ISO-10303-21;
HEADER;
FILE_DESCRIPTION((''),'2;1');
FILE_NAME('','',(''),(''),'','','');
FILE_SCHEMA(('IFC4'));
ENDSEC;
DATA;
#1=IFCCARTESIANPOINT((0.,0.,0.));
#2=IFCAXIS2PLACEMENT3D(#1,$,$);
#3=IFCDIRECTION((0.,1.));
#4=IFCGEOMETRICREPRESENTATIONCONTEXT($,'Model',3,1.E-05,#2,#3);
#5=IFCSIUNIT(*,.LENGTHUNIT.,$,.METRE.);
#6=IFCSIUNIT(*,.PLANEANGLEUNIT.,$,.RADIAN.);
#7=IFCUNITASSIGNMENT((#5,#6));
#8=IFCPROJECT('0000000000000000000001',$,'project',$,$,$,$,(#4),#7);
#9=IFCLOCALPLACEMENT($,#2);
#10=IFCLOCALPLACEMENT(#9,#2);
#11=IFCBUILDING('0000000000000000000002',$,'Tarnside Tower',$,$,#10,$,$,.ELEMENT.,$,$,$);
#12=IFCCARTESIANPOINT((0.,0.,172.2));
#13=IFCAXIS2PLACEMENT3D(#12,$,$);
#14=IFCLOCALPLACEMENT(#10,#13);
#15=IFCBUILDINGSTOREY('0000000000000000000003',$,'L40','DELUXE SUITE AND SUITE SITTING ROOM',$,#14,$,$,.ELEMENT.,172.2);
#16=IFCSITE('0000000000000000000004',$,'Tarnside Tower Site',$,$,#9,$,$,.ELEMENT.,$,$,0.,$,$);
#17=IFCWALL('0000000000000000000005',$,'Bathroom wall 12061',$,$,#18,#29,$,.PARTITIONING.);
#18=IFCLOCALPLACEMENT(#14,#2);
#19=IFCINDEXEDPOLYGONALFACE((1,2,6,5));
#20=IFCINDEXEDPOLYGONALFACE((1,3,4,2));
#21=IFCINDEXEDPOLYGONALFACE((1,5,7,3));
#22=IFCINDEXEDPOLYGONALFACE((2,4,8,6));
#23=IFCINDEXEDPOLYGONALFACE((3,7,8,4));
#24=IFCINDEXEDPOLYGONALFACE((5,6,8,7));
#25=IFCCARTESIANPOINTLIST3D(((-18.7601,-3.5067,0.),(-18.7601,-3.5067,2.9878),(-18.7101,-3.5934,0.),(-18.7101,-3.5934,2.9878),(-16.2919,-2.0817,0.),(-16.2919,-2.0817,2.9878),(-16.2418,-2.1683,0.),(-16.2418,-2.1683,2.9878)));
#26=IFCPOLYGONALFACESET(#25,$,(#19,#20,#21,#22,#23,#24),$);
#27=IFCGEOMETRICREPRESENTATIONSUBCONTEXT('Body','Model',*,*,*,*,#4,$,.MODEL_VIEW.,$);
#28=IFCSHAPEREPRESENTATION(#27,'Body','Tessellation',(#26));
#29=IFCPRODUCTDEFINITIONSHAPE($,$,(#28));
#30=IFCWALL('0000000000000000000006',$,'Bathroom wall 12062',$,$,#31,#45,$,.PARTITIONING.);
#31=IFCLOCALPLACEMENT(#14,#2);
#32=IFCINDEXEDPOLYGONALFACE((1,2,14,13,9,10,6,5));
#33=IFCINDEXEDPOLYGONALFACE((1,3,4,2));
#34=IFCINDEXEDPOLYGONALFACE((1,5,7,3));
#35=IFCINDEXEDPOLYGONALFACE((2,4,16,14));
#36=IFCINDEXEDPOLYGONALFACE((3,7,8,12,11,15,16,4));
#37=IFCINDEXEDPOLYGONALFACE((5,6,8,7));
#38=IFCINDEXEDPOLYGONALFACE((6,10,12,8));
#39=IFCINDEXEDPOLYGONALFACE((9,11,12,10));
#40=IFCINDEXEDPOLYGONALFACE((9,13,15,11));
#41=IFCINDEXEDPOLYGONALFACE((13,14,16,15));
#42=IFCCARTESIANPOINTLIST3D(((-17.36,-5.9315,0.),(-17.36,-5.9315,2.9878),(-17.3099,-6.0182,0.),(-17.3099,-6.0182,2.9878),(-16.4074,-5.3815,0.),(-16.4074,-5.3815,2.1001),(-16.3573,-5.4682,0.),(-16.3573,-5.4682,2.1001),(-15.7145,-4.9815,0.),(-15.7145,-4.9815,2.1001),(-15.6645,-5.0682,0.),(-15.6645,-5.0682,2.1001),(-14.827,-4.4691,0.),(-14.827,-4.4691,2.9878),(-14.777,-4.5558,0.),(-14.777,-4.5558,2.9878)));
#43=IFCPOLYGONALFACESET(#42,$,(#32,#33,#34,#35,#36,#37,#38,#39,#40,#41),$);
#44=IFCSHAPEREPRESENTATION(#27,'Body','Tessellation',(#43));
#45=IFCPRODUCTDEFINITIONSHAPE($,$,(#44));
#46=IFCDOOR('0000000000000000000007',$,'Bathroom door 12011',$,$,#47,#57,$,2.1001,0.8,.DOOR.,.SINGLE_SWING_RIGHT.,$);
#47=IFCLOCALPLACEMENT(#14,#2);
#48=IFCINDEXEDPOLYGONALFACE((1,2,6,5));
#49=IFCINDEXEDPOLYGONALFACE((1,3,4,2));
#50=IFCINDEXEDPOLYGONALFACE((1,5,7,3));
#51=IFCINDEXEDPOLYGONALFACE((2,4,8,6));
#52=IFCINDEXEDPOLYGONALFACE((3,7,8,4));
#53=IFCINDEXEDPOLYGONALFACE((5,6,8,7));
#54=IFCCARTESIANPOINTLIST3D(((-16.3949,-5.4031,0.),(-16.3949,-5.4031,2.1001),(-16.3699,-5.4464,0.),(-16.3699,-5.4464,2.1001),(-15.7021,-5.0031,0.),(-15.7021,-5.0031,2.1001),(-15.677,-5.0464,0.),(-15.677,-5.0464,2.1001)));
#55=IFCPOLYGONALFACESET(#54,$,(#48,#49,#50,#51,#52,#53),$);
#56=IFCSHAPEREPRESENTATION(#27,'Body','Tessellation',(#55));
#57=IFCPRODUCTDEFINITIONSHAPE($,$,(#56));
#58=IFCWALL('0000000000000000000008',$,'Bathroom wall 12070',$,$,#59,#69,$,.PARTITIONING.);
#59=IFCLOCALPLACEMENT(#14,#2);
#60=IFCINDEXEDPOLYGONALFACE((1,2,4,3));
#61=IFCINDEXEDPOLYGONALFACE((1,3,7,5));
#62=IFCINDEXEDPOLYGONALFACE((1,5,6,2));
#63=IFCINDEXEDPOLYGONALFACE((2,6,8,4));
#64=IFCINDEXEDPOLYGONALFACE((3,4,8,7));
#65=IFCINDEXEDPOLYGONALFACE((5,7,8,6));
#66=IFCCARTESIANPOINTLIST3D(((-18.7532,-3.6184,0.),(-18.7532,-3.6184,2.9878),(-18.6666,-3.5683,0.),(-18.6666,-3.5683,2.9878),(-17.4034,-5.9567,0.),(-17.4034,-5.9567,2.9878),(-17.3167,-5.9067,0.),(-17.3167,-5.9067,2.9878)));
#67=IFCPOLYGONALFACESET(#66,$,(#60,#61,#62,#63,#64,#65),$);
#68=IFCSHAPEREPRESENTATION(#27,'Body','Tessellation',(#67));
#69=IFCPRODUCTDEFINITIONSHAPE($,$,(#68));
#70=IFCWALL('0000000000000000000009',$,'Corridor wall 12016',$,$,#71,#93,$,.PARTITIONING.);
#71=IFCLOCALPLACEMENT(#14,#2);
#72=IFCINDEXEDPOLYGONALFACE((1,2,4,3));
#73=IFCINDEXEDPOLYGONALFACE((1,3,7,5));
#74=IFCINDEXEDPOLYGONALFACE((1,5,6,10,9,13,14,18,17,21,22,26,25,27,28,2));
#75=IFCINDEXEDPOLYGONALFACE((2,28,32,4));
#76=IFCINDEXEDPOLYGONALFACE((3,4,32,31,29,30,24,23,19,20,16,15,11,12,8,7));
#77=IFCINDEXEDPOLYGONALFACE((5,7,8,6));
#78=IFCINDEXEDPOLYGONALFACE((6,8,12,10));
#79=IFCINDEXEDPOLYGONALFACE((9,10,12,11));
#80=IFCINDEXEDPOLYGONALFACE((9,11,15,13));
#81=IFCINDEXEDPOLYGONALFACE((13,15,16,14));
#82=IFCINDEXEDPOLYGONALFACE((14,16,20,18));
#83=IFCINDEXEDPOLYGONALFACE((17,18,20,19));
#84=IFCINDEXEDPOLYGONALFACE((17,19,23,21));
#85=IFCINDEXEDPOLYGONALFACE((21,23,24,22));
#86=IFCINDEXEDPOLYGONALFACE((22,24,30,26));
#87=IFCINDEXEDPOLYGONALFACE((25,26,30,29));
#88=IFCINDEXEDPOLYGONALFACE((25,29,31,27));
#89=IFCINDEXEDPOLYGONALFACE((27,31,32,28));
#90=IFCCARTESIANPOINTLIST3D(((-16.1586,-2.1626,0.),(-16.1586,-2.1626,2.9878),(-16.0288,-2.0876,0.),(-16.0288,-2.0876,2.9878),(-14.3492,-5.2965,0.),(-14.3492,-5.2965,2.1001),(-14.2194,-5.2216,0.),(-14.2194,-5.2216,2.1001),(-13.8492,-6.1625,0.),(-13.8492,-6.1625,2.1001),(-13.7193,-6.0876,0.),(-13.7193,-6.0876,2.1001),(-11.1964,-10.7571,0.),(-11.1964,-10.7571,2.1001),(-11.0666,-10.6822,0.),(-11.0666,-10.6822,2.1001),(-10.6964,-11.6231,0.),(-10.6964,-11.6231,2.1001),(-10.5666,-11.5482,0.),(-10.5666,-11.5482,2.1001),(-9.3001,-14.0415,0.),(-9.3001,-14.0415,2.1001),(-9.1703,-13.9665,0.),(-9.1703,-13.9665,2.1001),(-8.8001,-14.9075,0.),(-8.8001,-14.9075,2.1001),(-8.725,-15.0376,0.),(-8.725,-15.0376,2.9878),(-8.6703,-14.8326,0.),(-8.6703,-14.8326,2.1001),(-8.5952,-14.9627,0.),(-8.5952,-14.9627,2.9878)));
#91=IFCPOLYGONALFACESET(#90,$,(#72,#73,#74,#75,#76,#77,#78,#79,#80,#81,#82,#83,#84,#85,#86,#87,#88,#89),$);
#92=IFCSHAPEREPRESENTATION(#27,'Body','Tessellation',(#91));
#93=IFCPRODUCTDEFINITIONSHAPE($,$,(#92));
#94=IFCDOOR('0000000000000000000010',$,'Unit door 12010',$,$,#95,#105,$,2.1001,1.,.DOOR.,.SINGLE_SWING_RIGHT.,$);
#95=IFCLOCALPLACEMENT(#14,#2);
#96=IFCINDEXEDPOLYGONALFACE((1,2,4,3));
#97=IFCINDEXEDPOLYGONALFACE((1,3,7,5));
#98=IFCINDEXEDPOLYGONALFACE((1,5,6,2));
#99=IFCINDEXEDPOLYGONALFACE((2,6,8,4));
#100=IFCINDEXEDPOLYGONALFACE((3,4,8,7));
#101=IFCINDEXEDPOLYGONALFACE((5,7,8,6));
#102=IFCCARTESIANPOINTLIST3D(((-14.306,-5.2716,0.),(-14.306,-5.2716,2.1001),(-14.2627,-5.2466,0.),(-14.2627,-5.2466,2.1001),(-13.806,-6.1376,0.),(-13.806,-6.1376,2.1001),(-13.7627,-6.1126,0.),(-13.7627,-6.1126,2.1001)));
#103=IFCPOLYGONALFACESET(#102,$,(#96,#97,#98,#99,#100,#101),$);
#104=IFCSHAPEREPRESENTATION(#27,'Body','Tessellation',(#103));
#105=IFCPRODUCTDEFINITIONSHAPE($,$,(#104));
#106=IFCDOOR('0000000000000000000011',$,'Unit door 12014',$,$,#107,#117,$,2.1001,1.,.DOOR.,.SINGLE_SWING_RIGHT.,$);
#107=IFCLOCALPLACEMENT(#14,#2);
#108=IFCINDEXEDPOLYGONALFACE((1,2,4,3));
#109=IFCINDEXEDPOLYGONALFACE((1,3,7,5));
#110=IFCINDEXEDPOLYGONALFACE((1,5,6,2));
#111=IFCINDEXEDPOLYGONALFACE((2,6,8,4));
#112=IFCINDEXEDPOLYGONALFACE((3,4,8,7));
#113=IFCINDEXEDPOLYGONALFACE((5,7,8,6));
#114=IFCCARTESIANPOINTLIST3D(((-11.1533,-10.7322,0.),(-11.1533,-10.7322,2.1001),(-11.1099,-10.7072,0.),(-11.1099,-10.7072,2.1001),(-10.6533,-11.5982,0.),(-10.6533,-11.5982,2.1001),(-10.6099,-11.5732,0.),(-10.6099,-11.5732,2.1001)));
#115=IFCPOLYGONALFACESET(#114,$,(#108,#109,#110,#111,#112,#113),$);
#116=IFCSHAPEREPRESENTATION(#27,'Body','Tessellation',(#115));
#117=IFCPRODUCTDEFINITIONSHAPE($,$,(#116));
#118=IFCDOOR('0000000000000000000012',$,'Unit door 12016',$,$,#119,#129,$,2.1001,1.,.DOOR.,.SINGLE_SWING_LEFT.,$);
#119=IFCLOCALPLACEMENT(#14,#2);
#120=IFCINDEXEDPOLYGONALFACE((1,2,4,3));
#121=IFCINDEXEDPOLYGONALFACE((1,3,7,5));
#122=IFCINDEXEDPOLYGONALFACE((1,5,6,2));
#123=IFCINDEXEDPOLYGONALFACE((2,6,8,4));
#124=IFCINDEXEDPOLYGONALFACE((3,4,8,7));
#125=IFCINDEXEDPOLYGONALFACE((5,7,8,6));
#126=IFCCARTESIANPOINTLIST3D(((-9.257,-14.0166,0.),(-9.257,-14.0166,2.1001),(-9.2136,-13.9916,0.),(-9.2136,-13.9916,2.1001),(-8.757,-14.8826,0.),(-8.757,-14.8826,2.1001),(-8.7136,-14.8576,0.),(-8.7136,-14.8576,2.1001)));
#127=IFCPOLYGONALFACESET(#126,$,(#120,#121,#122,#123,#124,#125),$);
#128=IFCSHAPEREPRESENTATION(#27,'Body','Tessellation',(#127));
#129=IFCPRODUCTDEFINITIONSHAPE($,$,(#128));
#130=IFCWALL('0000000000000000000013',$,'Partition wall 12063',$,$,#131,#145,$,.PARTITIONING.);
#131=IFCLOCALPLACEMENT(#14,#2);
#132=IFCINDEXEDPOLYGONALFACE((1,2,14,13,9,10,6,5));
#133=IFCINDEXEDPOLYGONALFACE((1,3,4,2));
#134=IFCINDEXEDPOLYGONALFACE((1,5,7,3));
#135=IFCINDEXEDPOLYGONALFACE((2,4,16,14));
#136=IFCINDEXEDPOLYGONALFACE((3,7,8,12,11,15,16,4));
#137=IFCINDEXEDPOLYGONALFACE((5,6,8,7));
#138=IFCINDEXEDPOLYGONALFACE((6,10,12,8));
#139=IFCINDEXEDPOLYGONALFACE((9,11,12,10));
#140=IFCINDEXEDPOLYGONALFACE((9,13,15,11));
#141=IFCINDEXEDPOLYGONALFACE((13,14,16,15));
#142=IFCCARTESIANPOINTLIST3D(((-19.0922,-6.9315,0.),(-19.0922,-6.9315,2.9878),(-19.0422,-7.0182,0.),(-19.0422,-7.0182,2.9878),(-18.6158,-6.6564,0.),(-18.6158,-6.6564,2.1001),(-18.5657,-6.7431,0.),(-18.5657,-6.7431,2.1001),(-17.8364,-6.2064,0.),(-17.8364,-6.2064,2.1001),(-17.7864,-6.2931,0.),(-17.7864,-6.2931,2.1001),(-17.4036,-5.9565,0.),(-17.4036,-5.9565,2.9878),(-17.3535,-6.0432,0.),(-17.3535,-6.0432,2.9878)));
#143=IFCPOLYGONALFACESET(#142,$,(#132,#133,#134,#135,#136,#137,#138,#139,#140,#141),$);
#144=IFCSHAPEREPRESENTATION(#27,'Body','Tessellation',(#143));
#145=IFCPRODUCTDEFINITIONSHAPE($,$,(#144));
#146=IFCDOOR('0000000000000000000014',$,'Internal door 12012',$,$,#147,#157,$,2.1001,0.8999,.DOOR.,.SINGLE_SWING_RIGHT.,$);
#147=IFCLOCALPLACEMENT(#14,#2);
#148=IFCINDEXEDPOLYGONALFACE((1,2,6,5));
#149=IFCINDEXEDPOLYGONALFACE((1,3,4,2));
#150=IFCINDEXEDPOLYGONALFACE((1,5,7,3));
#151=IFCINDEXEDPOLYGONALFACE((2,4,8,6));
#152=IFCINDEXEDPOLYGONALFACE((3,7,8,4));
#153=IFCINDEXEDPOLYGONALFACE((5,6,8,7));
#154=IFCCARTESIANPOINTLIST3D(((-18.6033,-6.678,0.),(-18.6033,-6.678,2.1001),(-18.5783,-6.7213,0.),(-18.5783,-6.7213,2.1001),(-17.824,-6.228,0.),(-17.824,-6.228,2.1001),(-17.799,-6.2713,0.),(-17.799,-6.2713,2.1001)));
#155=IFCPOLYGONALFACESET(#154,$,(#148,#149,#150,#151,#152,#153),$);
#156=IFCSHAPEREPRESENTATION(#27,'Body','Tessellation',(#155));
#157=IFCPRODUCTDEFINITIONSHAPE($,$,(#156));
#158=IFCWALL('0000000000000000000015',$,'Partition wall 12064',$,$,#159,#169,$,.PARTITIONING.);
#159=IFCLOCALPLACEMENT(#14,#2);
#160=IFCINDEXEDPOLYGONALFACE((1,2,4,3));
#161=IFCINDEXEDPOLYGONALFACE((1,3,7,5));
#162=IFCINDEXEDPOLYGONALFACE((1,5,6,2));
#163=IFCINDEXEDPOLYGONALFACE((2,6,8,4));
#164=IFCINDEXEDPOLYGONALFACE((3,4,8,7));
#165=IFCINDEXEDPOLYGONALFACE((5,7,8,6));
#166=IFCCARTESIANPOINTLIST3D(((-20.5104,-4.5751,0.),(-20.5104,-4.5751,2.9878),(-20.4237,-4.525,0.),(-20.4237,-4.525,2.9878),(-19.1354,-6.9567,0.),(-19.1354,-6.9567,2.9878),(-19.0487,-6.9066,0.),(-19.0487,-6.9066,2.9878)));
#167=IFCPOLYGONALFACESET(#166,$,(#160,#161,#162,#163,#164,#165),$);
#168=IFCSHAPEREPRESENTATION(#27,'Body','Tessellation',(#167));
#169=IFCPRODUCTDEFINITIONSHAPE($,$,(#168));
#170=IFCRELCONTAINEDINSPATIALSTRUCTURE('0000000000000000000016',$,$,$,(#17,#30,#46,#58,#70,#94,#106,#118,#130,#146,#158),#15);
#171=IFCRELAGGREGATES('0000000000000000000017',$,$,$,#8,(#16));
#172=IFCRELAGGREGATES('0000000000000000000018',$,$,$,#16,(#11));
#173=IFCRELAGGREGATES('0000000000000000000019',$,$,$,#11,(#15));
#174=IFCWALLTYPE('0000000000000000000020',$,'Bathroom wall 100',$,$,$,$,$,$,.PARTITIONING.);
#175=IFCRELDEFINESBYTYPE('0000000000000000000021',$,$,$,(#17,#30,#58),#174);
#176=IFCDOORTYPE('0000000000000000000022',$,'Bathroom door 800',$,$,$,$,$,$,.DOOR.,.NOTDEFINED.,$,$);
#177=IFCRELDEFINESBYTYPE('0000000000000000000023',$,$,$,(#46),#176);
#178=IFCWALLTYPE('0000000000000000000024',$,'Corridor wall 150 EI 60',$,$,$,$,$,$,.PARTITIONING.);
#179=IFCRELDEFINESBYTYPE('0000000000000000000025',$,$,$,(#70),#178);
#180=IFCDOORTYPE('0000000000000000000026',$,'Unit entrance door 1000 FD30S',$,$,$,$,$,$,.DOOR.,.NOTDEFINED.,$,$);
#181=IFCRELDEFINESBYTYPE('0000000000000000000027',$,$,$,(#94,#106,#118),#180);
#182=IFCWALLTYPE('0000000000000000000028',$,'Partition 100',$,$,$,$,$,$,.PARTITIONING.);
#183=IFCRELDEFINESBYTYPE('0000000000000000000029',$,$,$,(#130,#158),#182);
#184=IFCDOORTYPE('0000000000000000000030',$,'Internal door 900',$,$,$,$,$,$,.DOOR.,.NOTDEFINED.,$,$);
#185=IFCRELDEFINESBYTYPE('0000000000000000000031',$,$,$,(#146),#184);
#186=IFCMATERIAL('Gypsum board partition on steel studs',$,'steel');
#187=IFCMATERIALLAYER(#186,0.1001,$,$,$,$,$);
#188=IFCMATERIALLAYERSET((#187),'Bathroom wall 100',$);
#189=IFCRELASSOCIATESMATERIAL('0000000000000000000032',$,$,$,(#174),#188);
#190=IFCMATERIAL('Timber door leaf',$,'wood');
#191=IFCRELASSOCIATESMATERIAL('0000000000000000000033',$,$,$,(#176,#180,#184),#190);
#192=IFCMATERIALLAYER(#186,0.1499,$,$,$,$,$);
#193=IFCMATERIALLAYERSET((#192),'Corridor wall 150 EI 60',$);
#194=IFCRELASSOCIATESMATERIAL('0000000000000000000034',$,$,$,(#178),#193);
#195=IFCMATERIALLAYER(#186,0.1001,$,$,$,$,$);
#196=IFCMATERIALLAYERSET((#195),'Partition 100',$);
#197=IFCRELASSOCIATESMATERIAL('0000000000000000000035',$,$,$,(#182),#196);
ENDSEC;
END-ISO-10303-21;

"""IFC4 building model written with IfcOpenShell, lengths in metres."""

from ifc_helpers import new_model, si_unit, direction, frame, frame_2d, origin, place, context, subcontext, project, spatial, rectangle, extrude, material, layer, layer_set, type_object, element, fill, save


model = new_model("IFC4")

# Units and contexts
model_context = context("Model", 3, precision=1e-05, world=origin(), true_north=direction((0.0, 1.0)))
body_context = subcontext(model_context, "Body", "Model", "MODEL_VIEW")
ifc_project = project(units=[si_unit("LENGTHUNIT", "METRE"), si_unit("PLANEANGLEUNIT", "RADIAN")], contexts=[model_context])

# Site, building, storey
site_placement = place(None, origin())
site = spatial("IfcSite", under=ifc_project, at=site_placement, Name="Tarnside Tower Site", CompositionType="ELEMENT", RefElevation=0.0)
building_placement = place(site_placement, origin())
building = spatial("IfcBuilding", under=site, at=building_placement, Name="Tarnside Tower", CompositionType="ELEMENT")
storey_placement = place(building_placement, frame((0.0, 0.0, 172.2)))
storey = spatial("IfcBuildingStorey", under=building, at=storey_placement, Name="L40", Description="DELUXE SUITE AND SUITE SITTING ROOM", CompositionType="ELEMENT", Elevation=172.2)

# Wall
ifc_material_1 = material(Name="Gypsum board partition on steel studs", Category="steel")
ifc_layer_1 = layer(ifc_material_1, 0.1001)
ifc_layer_set_1 = layer_set([ifc_layer_1], Name="Bathroom wall 100")
wall_type_1 = type_object("IfcWallType", Name="Bathroom wall 100", PredefinedType="PARTITIONING", material=ifc_layer_set_1)
wall_1_placement = place(storey_placement, frame((-18.7351, -3.55, 0.0), z_axis=(0.0, 0.0, 1.0), x_axis=(0.866026, 0.499999, 0.0)))
element("IfcWall", 1, at=wall_1_placement, inside=storey, type_object=wall_type_1, Name="Bathroom wall 12061", PredefinedType="PARTITIONING", context=body_context, shape_type="SweptSolid", body=[
    extrude(rectangle(XDim=2.8501, YDim=0.1001, at=frame_2d((1.425, 0.0))), origin(), (0.0, 0.0, 1.0), 2.9878),
])

# Wall, opening, door
wall_2_placement = place(storey_placement, frame((-14.802, -4.5125, 0.0), z_axis=(0.0, 0.0, 1.0), x_axis=(-0.866026, -0.499999, 0.0)))
wall_2 = element("IfcWall", 2, at=wall_2_placement, inside=storey, type_object=wall_type_1, Name="Bathroom wall 12062", PredefinedType="PARTITIONING", context=body_context, shape_type="SweptSolid", body=[
    extrude(rectangle(XDim=2.9248, YDim=0.1001, at=frame_2d((1.4624, 0.0))), origin(), (0.0, 0.0, 1.0), 2.9878),
])
opening_1_placement = place(wall_2_placement, frame((1.0249, 0.0, 0.0)))
opening_1 = element("IfcOpeningElement", 3, at=opening_1_placement, cuts=wall_2, PredefinedType="OPENING", context=body_context, shape_type="SweptSolid", body=[
    extrude(rectangle(XDim=0.8, YDim=2.1001, at=frame_2d((0.3999, 1.05))), frame((0.0, 0.0601, 0.0), z_axis=(0.0, -1.0, 0.0), x_axis=(1.0, 0.0, 0.0)), (0.0, 0.0, 1.0), 0.1201),
])
ifc_material_2 = material(Name="Timber door leaf", Category="wood")
door_type_1 = type_object("IfcDoorType", Name="Bathroom door 800", OperationType="NOTDEFINED", PredefinedType="DOOR", material=ifc_material_2)
door_1_placement = place(opening_1_placement, origin())
door_1 = element("IfcDoor", 4, at=door_1_placement, inside=storey, type_object=door_type_1, Name="Bathroom door 12011", OperationType="SINGLE_SWING_RIGHT", OverallHeight=2.1001, OverallWidth=0.8, PredefinedType="DOOR", context=body_context, shape_type="SweptSolid", body=[
    extrude(rectangle(XDim=0.8, YDim=2.1001, at=frame_2d((0.3999, 1.05))), frame((0.0, 0.0249, 0.0), z_axis=(0.0, -1.0, 0.0), x_axis=(1.0, 0.0, 0.0)), (0.0, 0.0, 1.0), 0.05),
])
fill(opening_1, door_1)

# Wall
wall_3_placement = place(storey_placement, frame((-18.71, -3.5933, 0.0), z_axis=(0.0, 0.0, 1.0), x_axis=(0.499942, -0.866059, 0.0)))
element("IfcWall", 5, at=wall_3_placement, inside=storey, type_object=wall_type_1, Name="Bathroom wall 12070", PredefinedType="PARTITIONING", context=body_context, shape_type="SweptSolid", body=[
    extrude(rectangle(XDim=2.7, YDim=0.1001, at=frame_2d((1.3501, 0.0))), origin(), (0.0, 0.0, 1.0), 2.9878),
])

# Wall, openings, doors
ifc_layer_2 = layer(ifc_material_1, 0.1499)
ifc_layer_set_2 = layer_set([ifc_layer_2], Name="Corridor wall 150 EI 60")
wall_type_2 = type_object("IfcWallType", Name="Corridor wall 150 EI 60", PredefinedType="PARTITIONING", material=ifc_layer_set_2)
wall_4_placement = place(storey_placement, frame((-16.0938, -2.125, 0.0), z_axis=(0.0, 0.0, 1.0), x_axis=(0.500011, -0.866019, 0.0)))
wall_4 = element("IfcWall", 6, at=wall_4_placement, inside=storey, type_object=wall_type_2, Name="Corridor wall 12016", PredefinedType="PARTITIONING", context=body_context, shape_type="SweptSolid", body=[
    extrude(rectangle(XDim=14.8669, YDim=0.1499, at=frame_2d((7.4336, 0.0))), origin(), (0.0, 0.0, 1.0), 2.9878),
])
opening_2_placement = place(wall_4_placement, frame((3.6189, 0.0, 0.0)))
opening_2 = element("IfcOpeningElement", 7, at=opening_2_placement, cuts=wall_4, PredefinedType="OPENING", context=body_context, shape_type="SweptSolid", body=[
    extrude(rectangle(XDim=1.0, YDim=2.1001, at=frame_2d((0.5, 1.05))), frame((0.0, 0.085, 0.0), z_axis=(0.0, -1.0, 0.0), x_axis=(1.0, 0.0, 0.0)), (0.0, 0.0, 1.0), 0.1699),
])
opening_3_placement = place(wall_4_placement, frame((9.9243, 0.0, 0.0)))
opening_3 = element("IfcOpeningElement", 8, at=opening_3_placement, cuts=wall_4, PredefinedType="OPENING", context=body_context, shape_type="SweptSolid", body=[
    extrude(rectangle(XDim=1.0, YDim=2.1001, at=frame_2d((0.5, 1.05))), frame((0.0, 0.085, 0.0), z_axis=(0.0, -1.0, 0.0), x_axis=(1.0, 0.0, 0.0)), (0.0, 0.0, 1.0), 0.1699),
])
opening_4_placement = place(wall_4_placement, frame((13.7168, 0.0, 0.0)))
opening_4 = element("IfcOpeningElement", 9, at=opening_4_placement, cuts=wall_4, PredefinedType="OPENING", context=body_context, shape_type="SweptSolid", body=[
    extrude(rectangle(XDim=1.0, YDim=2.1001, at=frame_2d((0.5, 1.05))), frame((0.0, 0.085, 0.0), z_axis=(0.0, -1.0, 0.0), x_axis=(1.0, 0.0, 0.0)), (0.0, 0.0, 1.0), 0.1699),
])
door_type_2 = type_object("IfcDoorType", Name="Unit entrance door 1000 FD30S", OperationType="NOTDEFINED", PredefinedType="DOOR", material=ifc_material_2)
door_2_placement = place(opening_2_placement, origin())
door_2 = element("IfcDoor", 10, at=door_2_placement, inside=storey, type_object=door_type_2, Name="Unit door 12010", OperationType="SINGLE_SWING_RIGHT", OverallHeight=2.1001, OverallWidth=1.0, PredefinedType="DOOR", context=body_context, shape_type="SweptSolid", body=[
    extrude(rectangle(XDim=1.0, YDim=2.1001, at=frame_2d((0.5, 1.05))), frame((0.0, 0.0249, 0.0), z_axis=(0.0, -1.0, 0.0), x_axis=(1.0, 0.0, 0.0)), (0.0, 0.0, 1.0), 0.05),
])
fill(opening_2, door_2)
door_3_placement = place(opening_3_placement, origin())
door_3 = element("IfcDoor", 11, at=door_3_placement, inside=storey, type_object=door_type_2, Name="Unit door 12014", OperationType="SINGLE_SWING_RIGHT", OverallHeight=2.1001, OverallWidth=1.0, PredefinedType="DOOR", context=body_context, shape_type="SweptSolid", body=[
    extrude(rectangle(XDim=1.0, YDim=2.1001, at=frame_2d((0.5, 1.05))), frame((0.0, 0.0249, 0.0), z_axis=(0.0, -1.0, 0.0), x_axis=(1.0, 0.0, 0.0)), (0.0, 0.0, 1.0), 0.05),
])
fill(opening_3, door_3)
door_4_placement = place(opening_4_placement, origin())
door_4 = element("IfcDoor", 12, at=door_4_placement, inside=storey, type_object=door_type_2, Name="Unit door 12016", OperationType="SINGLE_SWING_LEFT", OverallHeight=2.1001, OverallWidth=1.0, PredefinedType="DOOR", context=body_context, shape_type="SweptSolid", body=[
    extrude(rectangle(XDim=1.0, YDim=2.1001, at=frame_2d((0.5, 1.05))), frame((0.0, 0.0249, 0.0), z_axis=(0.0, -1.0, 0.0), x_axis=(1.0, 0.0, 0.0)), (0.0, 0.0, 1.0), 0.05),
])
fill(opening_4, door_4)

# Wall, opening, door
ifc_layer_3 = layer(ifc_material_1, 0.1001)
ifc_layer_set_3 = layer_set([ifc_layer_3], Name="Partition 100")
wall_type_3 = type_object("IfcWallType", Name="Partition 100", PredefinedType="PARTITIONING", material=ifc_layer_set_3)
wall_5_placement = place(storey_placement, frame((-17.3784, -5.9998, 0.0), z_axis=(0.0, 0.0, 1.0), x_axis=(-0.866, -0.500044, 0.0)))
wall_5 = element("IfcWall", 13, at=wall_5_placement, inside=storey, type_object=wall_type_3, Name="Partition wall 12063", PredefinedType="PARTITIONING", context=body_context, shape_type="SweptSolid", body=[
    extrude(rectangle(XDim=1.95, YDim=0.1001, at=frame_2d((0.9751, 0.0))), origin(), (0.0, 0.0, 1.0), 2.9878),
])
opening_5_placement = place(wall_5_placement, frame((0.5, 0.0, 0.0)))
opening_5 = element("IfcOpeningElement", 14, at=opening_5_placement, cuts=wall_5, PredefinedType="OPENING", context=body_context, shape_type="SweptSolid", body=[
    extrude(rectangle(XDim=0.8999, YDim=2.1001, at=frame_2d((0.45, 1.05))), frame((0.0, 0.0601, 0.0), z_axis=(0.0, -1.0, 0.0), x_axis=(1.0, 0.0, 0.0)), (0.0, 0.0, 1.0), 0.1201),
])
door_type_3 = type_object("IfcDoorType", Name="Internal door 900", OperationType="NOTDEFINED", PredefinedType="DOOR", material=ifc_material_2)
door_5_placement = place(opening_5_placement, origin())
door_5 = element("IfcDoor", 15, at=door_5_placement, inside=storey, type_object=door_type_3, Name="Internal door 12012", OperationType="SINGLE_SWING_RIGHT", OverallHeight=2.1001, OverallWidth=0.8999, PredefinedType="DOOR", context=body_context, shape_type="SweptSolid", body=[
    extrude(rectangle(XDim=0.8999, YDim=2.1001, at=frame_2d((0.45, 1.05))), frame((0.0, 0.0249, 0.0), z_axis=(0.0, -1.0, 0.0), x_axis=(1.0, 0.0, 0.0)), (0.0, 0.0, 1.0), 0.05),
])
fill(opening_5, door_5)

# Wall
wall_6_placement = place(storey_placement, frame((-19.092, -6.9316, 0.0), z_axis=(0.0, 0.0, 1.0), x_axis=(-0.499997, 0.866027, 0.0)))
element("IfcWall", 16, at=wall_6_placement, inside=storey, type_object=wall_type_3, Name="Partition wall 12064", PredefinedType="PARTITIONING", context=body_context, shape_type="SweptSolid", body=[
    extrude(rectangle(XDim=2.75, YDim=0.1001, at=frame_2d((1.375, 0.0))), origin(), (0.0, 0.0, 1.0), 2.9878),
])

save(model, "model.ifc")
